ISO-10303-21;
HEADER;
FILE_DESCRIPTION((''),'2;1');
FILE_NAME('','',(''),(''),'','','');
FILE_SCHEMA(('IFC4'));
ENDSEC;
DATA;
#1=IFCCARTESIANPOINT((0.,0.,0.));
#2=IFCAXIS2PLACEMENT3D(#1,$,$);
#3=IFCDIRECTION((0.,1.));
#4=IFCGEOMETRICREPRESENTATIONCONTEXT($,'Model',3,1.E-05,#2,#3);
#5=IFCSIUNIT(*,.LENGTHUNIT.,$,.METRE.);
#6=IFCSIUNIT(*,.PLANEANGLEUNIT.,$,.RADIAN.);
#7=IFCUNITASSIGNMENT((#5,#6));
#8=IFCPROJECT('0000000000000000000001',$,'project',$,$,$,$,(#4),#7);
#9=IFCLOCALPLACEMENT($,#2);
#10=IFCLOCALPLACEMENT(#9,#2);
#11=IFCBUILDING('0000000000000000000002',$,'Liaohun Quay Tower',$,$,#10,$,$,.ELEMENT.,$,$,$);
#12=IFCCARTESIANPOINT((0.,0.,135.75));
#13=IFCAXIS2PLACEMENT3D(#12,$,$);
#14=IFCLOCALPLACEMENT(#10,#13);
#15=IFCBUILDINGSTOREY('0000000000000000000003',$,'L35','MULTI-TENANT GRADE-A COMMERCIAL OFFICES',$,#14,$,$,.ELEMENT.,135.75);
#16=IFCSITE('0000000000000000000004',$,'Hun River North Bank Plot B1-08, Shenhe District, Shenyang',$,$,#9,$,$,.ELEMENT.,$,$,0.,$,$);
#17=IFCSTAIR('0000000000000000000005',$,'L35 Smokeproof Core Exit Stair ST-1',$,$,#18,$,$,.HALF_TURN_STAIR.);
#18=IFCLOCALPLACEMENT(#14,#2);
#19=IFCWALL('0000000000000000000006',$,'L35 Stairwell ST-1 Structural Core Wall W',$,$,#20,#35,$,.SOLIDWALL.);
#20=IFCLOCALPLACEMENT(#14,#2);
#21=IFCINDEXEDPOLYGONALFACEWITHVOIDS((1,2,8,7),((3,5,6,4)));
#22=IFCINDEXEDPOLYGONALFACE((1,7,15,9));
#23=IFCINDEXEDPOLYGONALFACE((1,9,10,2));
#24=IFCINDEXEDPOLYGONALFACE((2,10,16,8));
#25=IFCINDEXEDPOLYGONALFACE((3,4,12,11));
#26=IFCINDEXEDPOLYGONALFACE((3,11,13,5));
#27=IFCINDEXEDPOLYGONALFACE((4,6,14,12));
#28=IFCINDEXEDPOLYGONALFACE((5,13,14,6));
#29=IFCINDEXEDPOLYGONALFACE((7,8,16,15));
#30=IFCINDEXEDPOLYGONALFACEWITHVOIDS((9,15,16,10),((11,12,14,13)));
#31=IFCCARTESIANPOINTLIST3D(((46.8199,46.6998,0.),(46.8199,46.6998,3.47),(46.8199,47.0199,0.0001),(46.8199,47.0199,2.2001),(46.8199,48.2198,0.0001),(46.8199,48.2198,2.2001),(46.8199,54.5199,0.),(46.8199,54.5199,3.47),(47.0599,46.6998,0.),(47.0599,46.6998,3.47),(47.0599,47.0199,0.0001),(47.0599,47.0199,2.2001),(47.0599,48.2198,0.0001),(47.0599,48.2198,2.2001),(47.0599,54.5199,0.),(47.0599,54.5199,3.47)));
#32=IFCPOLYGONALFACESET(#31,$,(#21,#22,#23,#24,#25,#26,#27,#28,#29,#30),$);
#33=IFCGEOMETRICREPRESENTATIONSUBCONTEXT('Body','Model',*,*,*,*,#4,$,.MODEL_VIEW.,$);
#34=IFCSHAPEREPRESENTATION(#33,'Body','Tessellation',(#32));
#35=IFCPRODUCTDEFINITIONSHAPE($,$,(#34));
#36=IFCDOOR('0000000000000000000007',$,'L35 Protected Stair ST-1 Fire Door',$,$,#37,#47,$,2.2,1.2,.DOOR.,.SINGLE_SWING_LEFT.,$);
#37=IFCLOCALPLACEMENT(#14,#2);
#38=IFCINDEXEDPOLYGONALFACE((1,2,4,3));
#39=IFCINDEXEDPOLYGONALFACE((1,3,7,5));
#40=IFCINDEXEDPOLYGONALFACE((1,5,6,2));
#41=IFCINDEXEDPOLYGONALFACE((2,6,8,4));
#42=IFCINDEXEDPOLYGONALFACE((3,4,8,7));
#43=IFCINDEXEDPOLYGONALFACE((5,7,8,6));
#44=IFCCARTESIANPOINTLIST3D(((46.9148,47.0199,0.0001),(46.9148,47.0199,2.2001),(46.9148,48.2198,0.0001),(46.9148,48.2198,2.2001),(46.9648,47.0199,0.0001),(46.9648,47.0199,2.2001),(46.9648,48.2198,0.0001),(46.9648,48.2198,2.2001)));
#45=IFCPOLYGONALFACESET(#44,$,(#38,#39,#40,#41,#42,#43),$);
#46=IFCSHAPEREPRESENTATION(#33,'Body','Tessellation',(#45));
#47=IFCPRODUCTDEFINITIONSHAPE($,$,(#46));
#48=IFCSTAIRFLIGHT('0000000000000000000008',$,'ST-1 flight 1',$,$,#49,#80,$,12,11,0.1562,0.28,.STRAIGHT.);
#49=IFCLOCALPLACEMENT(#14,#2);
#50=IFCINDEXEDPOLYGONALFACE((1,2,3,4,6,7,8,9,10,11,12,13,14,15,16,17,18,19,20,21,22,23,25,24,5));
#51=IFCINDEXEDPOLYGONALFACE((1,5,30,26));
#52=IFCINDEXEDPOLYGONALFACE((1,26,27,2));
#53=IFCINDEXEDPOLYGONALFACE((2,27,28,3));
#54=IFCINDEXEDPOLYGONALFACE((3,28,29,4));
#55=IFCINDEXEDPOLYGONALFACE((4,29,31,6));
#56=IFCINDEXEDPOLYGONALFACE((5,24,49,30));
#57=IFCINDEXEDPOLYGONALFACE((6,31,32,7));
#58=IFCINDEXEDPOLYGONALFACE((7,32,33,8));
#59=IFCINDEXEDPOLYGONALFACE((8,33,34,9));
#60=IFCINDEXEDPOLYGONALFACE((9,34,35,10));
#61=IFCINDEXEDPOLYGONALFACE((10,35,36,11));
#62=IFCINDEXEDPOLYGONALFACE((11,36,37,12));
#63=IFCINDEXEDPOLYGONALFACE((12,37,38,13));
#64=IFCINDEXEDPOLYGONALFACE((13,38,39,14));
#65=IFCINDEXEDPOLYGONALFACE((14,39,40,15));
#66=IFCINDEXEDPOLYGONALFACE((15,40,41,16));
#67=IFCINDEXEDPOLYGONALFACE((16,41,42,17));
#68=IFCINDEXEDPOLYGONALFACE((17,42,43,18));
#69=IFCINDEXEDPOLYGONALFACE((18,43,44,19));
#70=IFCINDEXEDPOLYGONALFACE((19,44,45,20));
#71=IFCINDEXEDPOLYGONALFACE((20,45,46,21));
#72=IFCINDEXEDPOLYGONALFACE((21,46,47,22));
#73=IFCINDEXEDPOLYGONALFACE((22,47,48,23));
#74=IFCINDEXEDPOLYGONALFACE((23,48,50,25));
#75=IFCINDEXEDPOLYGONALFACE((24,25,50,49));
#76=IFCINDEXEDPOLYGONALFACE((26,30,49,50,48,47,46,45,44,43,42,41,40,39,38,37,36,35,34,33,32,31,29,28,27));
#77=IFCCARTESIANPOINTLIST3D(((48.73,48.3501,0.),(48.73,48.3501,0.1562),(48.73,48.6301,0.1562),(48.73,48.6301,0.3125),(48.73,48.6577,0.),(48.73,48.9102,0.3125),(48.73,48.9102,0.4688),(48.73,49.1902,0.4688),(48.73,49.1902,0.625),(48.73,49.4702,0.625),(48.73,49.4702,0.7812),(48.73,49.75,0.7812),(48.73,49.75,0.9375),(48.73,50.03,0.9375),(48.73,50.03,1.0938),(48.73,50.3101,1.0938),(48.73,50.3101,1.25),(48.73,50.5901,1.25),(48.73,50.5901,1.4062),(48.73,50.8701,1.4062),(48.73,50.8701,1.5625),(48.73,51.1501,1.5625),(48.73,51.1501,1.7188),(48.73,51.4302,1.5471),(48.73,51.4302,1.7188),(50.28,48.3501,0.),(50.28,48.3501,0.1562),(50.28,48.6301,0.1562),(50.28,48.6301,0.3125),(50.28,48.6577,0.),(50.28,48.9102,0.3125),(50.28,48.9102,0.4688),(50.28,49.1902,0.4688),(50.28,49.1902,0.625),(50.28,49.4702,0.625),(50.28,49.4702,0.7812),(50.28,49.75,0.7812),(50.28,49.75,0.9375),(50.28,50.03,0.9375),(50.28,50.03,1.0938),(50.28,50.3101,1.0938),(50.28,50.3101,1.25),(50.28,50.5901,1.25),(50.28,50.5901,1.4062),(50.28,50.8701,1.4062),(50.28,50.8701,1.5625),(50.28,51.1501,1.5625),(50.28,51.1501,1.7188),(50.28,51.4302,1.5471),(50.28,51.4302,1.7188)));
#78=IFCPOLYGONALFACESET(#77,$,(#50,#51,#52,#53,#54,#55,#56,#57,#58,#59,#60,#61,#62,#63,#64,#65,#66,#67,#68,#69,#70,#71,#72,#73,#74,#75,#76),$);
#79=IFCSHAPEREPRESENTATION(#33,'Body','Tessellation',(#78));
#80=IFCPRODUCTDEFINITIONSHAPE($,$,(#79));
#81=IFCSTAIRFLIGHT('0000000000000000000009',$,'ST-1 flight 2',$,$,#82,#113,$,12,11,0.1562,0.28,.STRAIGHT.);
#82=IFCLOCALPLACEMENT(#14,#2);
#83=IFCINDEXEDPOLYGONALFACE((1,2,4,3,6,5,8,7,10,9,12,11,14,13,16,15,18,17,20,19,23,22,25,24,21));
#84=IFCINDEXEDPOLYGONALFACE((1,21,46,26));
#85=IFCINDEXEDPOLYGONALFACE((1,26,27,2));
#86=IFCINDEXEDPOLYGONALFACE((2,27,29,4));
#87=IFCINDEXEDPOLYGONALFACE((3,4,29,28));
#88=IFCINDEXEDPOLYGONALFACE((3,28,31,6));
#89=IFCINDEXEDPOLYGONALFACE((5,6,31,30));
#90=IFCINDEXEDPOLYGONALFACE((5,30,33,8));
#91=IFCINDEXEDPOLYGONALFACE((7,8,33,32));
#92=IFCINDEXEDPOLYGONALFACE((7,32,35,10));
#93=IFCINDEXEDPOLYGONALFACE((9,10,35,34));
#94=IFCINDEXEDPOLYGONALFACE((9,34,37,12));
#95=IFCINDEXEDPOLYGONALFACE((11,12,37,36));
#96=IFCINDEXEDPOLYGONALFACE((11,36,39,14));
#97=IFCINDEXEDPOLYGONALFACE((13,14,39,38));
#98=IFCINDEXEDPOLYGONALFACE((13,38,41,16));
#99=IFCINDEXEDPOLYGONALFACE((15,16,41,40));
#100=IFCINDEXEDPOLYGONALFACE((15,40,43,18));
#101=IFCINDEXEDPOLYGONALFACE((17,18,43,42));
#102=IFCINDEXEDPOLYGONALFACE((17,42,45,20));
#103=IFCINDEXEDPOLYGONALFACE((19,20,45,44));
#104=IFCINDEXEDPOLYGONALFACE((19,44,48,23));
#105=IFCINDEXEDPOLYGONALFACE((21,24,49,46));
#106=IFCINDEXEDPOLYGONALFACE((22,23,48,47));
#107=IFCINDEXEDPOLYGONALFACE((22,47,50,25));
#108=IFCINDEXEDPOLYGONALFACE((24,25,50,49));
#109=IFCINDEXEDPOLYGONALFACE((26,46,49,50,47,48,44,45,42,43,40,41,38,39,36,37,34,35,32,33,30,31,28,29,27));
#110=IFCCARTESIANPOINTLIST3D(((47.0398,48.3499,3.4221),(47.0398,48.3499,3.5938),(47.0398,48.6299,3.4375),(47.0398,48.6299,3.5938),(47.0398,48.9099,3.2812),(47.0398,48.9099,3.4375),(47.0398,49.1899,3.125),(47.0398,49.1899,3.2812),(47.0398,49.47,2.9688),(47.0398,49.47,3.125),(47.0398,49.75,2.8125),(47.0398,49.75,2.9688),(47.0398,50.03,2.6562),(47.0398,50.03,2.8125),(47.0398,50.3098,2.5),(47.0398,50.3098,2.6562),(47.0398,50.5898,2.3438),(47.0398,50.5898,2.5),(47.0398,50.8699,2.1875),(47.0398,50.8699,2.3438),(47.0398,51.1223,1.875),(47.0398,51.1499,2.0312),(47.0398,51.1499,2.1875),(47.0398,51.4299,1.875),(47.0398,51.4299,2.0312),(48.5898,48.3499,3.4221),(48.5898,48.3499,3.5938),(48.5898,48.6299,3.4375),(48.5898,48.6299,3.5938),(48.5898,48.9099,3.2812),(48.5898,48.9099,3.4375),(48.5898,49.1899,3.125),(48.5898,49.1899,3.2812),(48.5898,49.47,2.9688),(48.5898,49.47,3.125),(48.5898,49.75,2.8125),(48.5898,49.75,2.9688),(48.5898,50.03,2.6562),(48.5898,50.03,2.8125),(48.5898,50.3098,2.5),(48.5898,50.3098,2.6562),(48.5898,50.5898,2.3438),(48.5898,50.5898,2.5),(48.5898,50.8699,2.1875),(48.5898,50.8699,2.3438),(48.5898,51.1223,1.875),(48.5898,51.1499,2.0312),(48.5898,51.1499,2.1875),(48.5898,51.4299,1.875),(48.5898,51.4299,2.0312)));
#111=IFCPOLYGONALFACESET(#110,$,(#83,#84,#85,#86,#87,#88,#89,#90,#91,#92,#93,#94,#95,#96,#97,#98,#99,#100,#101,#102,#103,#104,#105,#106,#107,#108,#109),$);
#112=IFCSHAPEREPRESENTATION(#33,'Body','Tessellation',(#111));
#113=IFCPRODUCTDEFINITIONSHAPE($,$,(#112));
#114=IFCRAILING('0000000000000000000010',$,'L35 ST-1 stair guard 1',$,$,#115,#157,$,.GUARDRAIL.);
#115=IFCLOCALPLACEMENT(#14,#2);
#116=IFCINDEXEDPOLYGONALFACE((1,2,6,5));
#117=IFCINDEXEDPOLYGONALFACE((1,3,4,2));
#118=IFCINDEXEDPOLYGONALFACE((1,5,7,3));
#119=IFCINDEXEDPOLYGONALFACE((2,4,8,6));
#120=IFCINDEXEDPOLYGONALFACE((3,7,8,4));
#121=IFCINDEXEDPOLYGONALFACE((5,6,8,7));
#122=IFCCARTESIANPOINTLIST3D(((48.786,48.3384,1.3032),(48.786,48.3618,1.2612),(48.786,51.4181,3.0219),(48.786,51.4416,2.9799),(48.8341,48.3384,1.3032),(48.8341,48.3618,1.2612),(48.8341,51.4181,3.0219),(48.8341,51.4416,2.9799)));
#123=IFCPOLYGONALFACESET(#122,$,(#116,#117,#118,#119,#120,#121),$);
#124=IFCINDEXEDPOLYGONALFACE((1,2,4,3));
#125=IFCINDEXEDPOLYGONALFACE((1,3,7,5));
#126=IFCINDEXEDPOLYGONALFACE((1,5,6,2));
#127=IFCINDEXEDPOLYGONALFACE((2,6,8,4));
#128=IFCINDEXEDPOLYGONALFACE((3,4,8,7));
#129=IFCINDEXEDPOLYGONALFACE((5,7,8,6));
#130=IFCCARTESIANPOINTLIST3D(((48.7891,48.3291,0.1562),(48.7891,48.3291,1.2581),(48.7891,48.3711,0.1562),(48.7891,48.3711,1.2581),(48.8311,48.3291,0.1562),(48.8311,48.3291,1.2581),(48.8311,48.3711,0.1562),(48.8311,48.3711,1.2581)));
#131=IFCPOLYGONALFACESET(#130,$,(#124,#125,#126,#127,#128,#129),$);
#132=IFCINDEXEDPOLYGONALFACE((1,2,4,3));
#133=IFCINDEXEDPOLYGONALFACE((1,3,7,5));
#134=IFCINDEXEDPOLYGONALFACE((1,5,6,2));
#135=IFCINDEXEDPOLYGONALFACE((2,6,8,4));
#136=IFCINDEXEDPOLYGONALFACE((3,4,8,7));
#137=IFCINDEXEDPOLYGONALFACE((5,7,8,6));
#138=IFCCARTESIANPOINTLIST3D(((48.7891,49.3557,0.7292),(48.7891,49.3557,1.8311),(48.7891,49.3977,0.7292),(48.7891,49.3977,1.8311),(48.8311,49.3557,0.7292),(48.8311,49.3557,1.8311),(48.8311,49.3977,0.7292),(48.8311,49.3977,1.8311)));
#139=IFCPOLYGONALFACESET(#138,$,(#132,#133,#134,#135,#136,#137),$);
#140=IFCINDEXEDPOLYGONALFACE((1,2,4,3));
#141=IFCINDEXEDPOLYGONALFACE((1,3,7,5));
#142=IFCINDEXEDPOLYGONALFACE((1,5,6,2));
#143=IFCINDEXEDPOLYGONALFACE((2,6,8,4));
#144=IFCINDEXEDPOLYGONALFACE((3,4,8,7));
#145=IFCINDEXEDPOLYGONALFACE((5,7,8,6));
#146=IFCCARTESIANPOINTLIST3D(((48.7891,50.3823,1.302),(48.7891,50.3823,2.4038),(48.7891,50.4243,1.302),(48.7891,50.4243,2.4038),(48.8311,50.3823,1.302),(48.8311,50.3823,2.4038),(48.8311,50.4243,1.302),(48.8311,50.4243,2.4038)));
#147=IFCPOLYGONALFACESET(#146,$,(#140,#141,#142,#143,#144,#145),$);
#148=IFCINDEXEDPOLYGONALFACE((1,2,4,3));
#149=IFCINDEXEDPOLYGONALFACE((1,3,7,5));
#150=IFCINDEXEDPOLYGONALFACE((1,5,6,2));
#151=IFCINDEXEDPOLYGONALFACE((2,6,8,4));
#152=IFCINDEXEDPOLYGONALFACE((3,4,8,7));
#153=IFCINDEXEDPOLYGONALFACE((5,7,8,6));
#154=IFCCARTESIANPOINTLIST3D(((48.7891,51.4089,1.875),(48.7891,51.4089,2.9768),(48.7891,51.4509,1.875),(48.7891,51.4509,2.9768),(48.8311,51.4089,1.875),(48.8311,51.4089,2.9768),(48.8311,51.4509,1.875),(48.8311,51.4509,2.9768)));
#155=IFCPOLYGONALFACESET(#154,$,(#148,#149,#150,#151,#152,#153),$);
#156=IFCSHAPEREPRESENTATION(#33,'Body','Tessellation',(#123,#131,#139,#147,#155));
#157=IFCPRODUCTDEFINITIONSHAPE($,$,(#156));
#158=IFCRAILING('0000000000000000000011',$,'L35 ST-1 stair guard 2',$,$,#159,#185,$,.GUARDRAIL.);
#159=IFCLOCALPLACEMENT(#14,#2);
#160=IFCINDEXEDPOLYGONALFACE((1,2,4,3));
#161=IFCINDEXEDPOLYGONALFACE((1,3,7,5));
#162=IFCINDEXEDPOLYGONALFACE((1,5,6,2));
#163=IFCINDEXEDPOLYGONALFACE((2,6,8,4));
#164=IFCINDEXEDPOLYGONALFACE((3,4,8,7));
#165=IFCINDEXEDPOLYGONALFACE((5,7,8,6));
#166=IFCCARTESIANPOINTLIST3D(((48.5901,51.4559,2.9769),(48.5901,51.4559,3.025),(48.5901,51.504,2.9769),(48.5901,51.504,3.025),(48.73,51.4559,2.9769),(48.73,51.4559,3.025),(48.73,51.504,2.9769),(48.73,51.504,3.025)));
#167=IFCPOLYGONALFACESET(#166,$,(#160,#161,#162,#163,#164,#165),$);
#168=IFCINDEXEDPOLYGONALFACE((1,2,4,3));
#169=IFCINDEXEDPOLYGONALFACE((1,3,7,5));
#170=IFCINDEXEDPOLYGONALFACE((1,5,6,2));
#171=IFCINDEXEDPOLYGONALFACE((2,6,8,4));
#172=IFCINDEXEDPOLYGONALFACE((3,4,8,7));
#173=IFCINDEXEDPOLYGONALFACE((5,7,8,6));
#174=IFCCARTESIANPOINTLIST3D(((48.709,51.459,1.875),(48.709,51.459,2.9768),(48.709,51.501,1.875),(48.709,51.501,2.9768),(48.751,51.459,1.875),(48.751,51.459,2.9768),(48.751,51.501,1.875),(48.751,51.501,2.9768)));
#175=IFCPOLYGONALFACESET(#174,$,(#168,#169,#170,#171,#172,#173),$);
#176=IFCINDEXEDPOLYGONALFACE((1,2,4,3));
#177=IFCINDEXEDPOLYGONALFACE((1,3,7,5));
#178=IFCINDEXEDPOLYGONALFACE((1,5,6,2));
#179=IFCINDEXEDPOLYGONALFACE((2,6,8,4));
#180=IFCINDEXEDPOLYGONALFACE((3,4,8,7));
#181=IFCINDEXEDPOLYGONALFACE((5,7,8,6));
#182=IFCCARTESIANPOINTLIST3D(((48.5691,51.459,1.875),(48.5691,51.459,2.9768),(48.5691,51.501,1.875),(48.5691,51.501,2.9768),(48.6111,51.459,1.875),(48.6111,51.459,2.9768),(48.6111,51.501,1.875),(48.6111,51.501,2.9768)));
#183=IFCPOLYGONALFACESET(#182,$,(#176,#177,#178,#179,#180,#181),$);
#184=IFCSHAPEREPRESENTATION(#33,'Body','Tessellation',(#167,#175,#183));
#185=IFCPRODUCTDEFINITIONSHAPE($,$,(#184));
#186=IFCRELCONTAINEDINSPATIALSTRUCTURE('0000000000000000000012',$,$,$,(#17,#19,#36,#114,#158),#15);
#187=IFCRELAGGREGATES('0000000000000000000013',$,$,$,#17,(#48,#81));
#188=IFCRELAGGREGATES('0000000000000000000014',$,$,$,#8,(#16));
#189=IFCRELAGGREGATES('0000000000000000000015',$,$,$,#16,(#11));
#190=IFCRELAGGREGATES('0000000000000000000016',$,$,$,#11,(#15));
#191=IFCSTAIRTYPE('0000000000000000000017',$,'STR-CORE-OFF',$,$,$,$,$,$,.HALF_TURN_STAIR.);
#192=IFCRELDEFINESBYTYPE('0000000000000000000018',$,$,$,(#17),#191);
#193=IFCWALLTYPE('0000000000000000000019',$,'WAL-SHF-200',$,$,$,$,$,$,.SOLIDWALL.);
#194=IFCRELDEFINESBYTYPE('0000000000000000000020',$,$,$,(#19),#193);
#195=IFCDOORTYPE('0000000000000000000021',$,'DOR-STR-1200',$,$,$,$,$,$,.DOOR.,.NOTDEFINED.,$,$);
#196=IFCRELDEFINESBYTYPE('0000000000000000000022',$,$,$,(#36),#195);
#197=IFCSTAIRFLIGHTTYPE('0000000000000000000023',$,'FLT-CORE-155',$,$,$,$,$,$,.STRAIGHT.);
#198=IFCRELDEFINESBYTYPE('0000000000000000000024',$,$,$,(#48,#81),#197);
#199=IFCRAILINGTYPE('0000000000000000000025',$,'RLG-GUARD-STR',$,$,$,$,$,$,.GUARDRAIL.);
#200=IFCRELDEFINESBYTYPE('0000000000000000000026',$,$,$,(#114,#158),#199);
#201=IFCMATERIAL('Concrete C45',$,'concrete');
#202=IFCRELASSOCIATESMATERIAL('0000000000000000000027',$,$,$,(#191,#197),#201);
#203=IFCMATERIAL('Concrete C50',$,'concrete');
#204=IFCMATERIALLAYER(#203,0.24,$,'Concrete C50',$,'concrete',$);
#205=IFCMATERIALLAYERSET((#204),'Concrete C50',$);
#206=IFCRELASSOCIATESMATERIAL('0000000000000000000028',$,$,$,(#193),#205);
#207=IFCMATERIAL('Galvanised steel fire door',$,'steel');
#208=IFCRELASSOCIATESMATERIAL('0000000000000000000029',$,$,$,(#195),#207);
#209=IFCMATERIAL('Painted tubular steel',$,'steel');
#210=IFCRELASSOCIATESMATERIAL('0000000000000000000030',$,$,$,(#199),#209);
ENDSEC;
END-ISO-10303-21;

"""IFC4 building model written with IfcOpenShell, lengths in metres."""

from ifc_helpers import new_model, si_unit, direction, frame, frame_2d, origin, origin_2d, place, context, subcontext, project, spatial, polyline, rectangle, outline, extrude, source, transform, mapped, material, layer, layer_set, type_object, element, fill, aggregate, save


model = new_model("IFC4")

# Units and contexts
model_context = context("Model", 3, precision=1e-05, world=origin(), true_north=direction((0.0, 1.0)))
body_context = subcontext(model_context, "Body", "Model", "MODEL_VIEW")
ifc_project = project(units=[si_unit("LENGTHUNIT", "METRE"), si_unit("PLANEANGLEUNIT", "RADIAN")], contexts=[model_context])

# Site, building, storey
site_placement = place(None, origin())
site = spatial("IfcSite", under=ifc_project, at=site_placement, Name="Hun River North Bank Plot B1-08, Shenhe District, Shenyang", CompositionType="ELEMENT", RefElevation=0.0)
building_placement = place(site_placement, origin())
building = spatial("IfcBuilding", under=site, at=building_placement, Name="Liaohun Quay Tower", CompositionType="ELEMENT")
storey_placement = place(building_placement, frame((0.0, 0.0, 135.75)))
storey = spatial("IfcBuildingStorey", under=building, at=storey_placement, Name="L35", Description="MULTI-TENANT GRADE-A COMMERCIAL OFFICES", CompositionType="ELEMENT", Elevation=135.75)

# Stair
ifc_material_1 = material(Name="Concrete C45", Category="concrete")
stair_type = type_object("IfcStairType", Name="STR-CORE-OFF", PredefinedType="HALF_TURN_STAIR", material=ifc_material_1)
stair_1_placement = place(storey_placement, origin())
stair_1 = element("IfcStair", 1, at=stair_1_placement, inside=storey, type_object=stair_type, Name="L35 Smokeproof Core Exit Stair ST-1", PredefinedType="HALF_TURN_STAIR")

# Shared definitions
ifc_material_2 = material(Name="Concrete C50", Category="concrete")
ifc_layer_1 = layer(ifc_material_2, 0.24, Name="Concrete C50", Category="concrete")
ifc_layer_set_1 = layer_set([ifc_layer_1], Name="Concrete C50")
wall_type_1 = type_object("IfcWallType", Name="WAL-SHF-200", PredefinedType="SOLIDWALL", material=ifc_layer_set_1)

# Wall, opening, door
wall_1_placement = place(storey_placement, frame((46.9399, 54.52, 0.0), z_axis=(0.0, 0.0, 1.0), x_axis=(0.0, -1.0, 0.0)))
wall_1 = element("IfcWall", 2, at=wall_1_placement, inside=storey, type_object=wall_type_1, Name="L35 Stairwell ST-1 Structural Core Wall W", PredefinedType="SOLIDWALL", context=body_context, shape_type="SweptSolid", body=[
    extrude(rectangle(XDim=7.8201, YDim=0.24, at=frame_2d((3.9102, 0.0))), origin(), (0.0, 0.0, 1.0), 3.47),
])
shared_shape_1 = source(origin(), body_context, "Body", "SweptSolid", [
    extrude(rectangle(XDim=1.2, YDim=2.2, at=frame_2d((0.6001, 1.1001))), frame((0.0, 0.1299, 0.0), z_axis=(0.0, -1.0, 0.0), x_axis=(1.0, 0.0, 0.0)), (0.0, 0.0, 1.0), 0.26),
])
opening_1_placement = place(wall_1_placement, frame((6.3, 0.0, 0.0)))
opening_1 = element("IfcOpeningElement", 3, at=opening_1_placement, cuts=wall_1, PredefinedType="OPENING", context=body_context, shape_type="MappedRepresentation", body=[
    mapped(shared_shape_1, transform((0.0, 0.0, 0.0), x_axis=(1.0, 0.0, 0.0), y_axis=(0.0, 1.0, 0.0), z_axis=(0.0, 0.0, 1.0), scale=1.0)),
])
ifc_material_3 = material(Name="Galvanised steel fire door", Category="steel")
door_type_1 = type_object("IfcDoorType", Name="DOR-STR-1200", OperationType="NOTDEFINED", PredefinedType="DOOR", material=ifc_material_3)
shared_shape_2 = source(origin(), body_context, "Body", "SweptSolid", [
    extrude(rectangle(XDim=1.2, YDim=2.2, at=frame_2d((0.6001, 1.1001))), frame((0.0, 0.0249, 0.0), z_axis=(0.0, -1.0, 0.0), x_axis=(1.0, 0.0, 0.0)), (0.0, 0.0, 1.0), 0.05),
])
door_1_placement = place(opening_1_placement, origin())
door_1 = element("IfcDoor", 4, at=door_1_placement, inside=storey, type_object=door_type_1, Name="L35 Protected Stair ST-1 Fire Door", OperationType="SINGLE_SWING_LEFT", OverallHeight=2.2, OverallWidth=1.2, PredefinedType="DOOR", context=body_context, shape_type="MappedRepresentation", body=[
    mapped(shared_shape_2, transform((0.0, 0.0, 0.0), x_axis=(1.0, 0.0, 0.0), y_axis=(0.0, 1.0, 0.0), z_axis=(0.0, 0.0, 1.0), scale=1.0)),
])
fill(opening_1, door_1)

# Stair flights
stair_flight_type = type_object("IfcStairFlightType", Name="FLT-CORE-155", PredefinedType="STRAIGHT", material=ifc_material_1)
stair_flight_1_placement = place(storey_placement, frame((49.5049, 48.3501, 0.0), z_axis=(0.0, 0.0, 1.0), x_axis=(0.0, 1.0, 0.0)))
stair_flight_1 = element("IfcStairFlight", 5, at=stair_flight_1_placement, type_object=stair_flight_type, Name="ST-1 flight 1", NumberOfRisers=12, NumberOfTreads=11, PredefinedType="STRAIGHT", RiserHeight=0.1562, TreadLength=0.28, context=body_context, shape_type="SweptSolid", body=[
    extrude(outline(polyline([(0.0, 0.0), (0.0, 0.1562), (0.28, 0.1562), (0.28, 0.3125), (0.5601, 0.3125), (0.5601, 0.4688), (0.8401, 0.4688), (0.8401, 0.625), (1.1201, 0.625), (1.1201, 0.7812), (1.3999, 0.7812), (1.3999, 0.9375), (1.6799, 0.9375), (1.6799, 1.0938), (1.96, 1.0938), (1.96, 1.25), (2.24, 1.25), (2.24, 1.4062), (2.52, 1.4062), (2.52, 1.5625), (2.8, 1.5625), (2.8, 1.7188), (3.0801, 1.7188), (3.0801, 1.875), (3.0801, 1.5471), (0.3076, 0.0), (0.0, 0.0)])), frame((0.0, 0.7749, 0.0), z_axis=(0.0, -1.0, 0.0), x_axis=(1.0, 0.0, 0.0)), (0.0, 0.0, 1.0), 1.55),
])
stair_flight_2_placement = place(storey_placement, frame((47.8149, 51.4299, 1.875), z_axis=(0.0, 0.0, 1.0), x_axis=(0.0, -1.0, 0.0)))
stair_flight_2 = element("IfcStairFlight", 6, at=stair_flight_2_placement, type_object=stair_flight_type, Name="ST-1 flight 2", NumberOfRisers=12, NumberOfTreads=11, PredefinedType="STRAIGHT", RiserHeight=0.1562, TreadLength=0.28, context=body_context, shape_type="SweptSolid", body=[
    extrude(outline(polyline([(0.0, 0.0), (0.0, 0.1562), (0.28, 0.1562), (0.28, 0.3125), (0.5601, 0.3125), (0.5601, 0.4688), (0.8401, 0.4688), (0.8401, 0.625), (1.1201, 0.625), (1.1201, 0.7812), (1.3999, 0.7812), (1.3999, 0.9375), (1.6799, 0.9375), (1.6799, 1.0938), (1.96, 1.0938), (1.96, 1.25), (2.24, 1.25), (2.24, 1.4062), (2.52, 1.4062), (2.52, 1.5625), (2.8, 1.5625), (2.8, 1.7188), (3.0801, 1.7188), (3.0801, 1.875), (3.0801, 1.5471), (0.3076, 0.0), (0.0, 0.0)])), frame((0.0, 0.7749, 0.0), z_axis=(0.0, -1.0, 0.0), x_axis=(1.0, 0.0, 0.0)), (0.0, 0.0, 1.0), 1.55),
])
aggregate(stair_1, [stair_flight_1, stair_flight_2])

# Railings
ifc_material_4 = material(Name="Painted tubular steel", Category="steel")
railing_type_1 = type_object("IfcRailingType", Name="RLG-GUARD-STR", PredefinedType="GUARDRAIL", material=ifc_material_4)
railing_1_placement = place(storey_placement, frame((48.8101, 48.3501, 0.1562)))
element("IfcRailing", 7, at=railing_1_placement, inside=storey, type_object=railing_type_1, Name="L35 ST-1 stair guard 1", PredefinedType="GUARDRAIL", context=body_context, shape_type="SweptSolid", body=[
    extrude(rectangle(XDim=0.0481, YDim=0.0481, at=origin_2d()), frame((0.0, 0.0, 1.126), z_axis=(0.0, 0.873225, 0.487317), x_axis=(-1.0, 0.0, 0.0)), (0.0, 0.0, 1.0), 3.5269),
    extrude(rectangle(XDim=0.042, YDim=0.042, at=origin_2d()), origin(), (0.0, 0.0, 1.0), 1.1018),
    extrude(rectangle(XDim=0.042, YDim=0.042, at=origin_2d()), frame((0.0, 1.0266, 0.573)), (0.0, 0.0, 1.0), 1.1018),
    extrude(rectangle(XDim=0.042, YDim=0.042, at=origin_2d()), frame((0.0, 2.0532, 1.1458)), (0.0, 0.0, 1.0), 1.1018),
    extrude(rectangle(XDim=0.042, YDim=0.042, at=origin_2d()), frame((0.0, 3.0798, 1.7188)), (0.0, 0.0, 1.0), 1.1018),
])
railing_2_placement = place(storey_placement, frame((48.73, 51.48, 1.875)))
element("IfcRailing", 8, at=railing_2_placement, inside=storey, type_object=railing_type_1, Name="L35 ST-1 stair guard 2", PredefinedType="GUARDRAIL", context=body_context, shape_type="SweptSolid", body=[
    extrude(rectangle(XDim=0.0481, YDim=0.0481, at=origin_2d()), frame((0.0, 0.0, 1.126), z_axis=(-1.0, 0.0, 0.0), x_axis=(0.0, -1.0, 0.0)), (0.0, 0.0, 1.0), 0.1399),
    extrude(rectangle(XDim=0.042, YDim=0.042, at=origin_2d()), origin(), (0.0, 0.0, 1.0), 1.1018),
    extrude(rectangle(XDim=0.042, YDim=0.042, at=origin_2d()), frame((-0.1399, 0.0, 0.0)), (0.0, 0.0, 1.0), 1.1018),
])

save(model, "model.ifc")
